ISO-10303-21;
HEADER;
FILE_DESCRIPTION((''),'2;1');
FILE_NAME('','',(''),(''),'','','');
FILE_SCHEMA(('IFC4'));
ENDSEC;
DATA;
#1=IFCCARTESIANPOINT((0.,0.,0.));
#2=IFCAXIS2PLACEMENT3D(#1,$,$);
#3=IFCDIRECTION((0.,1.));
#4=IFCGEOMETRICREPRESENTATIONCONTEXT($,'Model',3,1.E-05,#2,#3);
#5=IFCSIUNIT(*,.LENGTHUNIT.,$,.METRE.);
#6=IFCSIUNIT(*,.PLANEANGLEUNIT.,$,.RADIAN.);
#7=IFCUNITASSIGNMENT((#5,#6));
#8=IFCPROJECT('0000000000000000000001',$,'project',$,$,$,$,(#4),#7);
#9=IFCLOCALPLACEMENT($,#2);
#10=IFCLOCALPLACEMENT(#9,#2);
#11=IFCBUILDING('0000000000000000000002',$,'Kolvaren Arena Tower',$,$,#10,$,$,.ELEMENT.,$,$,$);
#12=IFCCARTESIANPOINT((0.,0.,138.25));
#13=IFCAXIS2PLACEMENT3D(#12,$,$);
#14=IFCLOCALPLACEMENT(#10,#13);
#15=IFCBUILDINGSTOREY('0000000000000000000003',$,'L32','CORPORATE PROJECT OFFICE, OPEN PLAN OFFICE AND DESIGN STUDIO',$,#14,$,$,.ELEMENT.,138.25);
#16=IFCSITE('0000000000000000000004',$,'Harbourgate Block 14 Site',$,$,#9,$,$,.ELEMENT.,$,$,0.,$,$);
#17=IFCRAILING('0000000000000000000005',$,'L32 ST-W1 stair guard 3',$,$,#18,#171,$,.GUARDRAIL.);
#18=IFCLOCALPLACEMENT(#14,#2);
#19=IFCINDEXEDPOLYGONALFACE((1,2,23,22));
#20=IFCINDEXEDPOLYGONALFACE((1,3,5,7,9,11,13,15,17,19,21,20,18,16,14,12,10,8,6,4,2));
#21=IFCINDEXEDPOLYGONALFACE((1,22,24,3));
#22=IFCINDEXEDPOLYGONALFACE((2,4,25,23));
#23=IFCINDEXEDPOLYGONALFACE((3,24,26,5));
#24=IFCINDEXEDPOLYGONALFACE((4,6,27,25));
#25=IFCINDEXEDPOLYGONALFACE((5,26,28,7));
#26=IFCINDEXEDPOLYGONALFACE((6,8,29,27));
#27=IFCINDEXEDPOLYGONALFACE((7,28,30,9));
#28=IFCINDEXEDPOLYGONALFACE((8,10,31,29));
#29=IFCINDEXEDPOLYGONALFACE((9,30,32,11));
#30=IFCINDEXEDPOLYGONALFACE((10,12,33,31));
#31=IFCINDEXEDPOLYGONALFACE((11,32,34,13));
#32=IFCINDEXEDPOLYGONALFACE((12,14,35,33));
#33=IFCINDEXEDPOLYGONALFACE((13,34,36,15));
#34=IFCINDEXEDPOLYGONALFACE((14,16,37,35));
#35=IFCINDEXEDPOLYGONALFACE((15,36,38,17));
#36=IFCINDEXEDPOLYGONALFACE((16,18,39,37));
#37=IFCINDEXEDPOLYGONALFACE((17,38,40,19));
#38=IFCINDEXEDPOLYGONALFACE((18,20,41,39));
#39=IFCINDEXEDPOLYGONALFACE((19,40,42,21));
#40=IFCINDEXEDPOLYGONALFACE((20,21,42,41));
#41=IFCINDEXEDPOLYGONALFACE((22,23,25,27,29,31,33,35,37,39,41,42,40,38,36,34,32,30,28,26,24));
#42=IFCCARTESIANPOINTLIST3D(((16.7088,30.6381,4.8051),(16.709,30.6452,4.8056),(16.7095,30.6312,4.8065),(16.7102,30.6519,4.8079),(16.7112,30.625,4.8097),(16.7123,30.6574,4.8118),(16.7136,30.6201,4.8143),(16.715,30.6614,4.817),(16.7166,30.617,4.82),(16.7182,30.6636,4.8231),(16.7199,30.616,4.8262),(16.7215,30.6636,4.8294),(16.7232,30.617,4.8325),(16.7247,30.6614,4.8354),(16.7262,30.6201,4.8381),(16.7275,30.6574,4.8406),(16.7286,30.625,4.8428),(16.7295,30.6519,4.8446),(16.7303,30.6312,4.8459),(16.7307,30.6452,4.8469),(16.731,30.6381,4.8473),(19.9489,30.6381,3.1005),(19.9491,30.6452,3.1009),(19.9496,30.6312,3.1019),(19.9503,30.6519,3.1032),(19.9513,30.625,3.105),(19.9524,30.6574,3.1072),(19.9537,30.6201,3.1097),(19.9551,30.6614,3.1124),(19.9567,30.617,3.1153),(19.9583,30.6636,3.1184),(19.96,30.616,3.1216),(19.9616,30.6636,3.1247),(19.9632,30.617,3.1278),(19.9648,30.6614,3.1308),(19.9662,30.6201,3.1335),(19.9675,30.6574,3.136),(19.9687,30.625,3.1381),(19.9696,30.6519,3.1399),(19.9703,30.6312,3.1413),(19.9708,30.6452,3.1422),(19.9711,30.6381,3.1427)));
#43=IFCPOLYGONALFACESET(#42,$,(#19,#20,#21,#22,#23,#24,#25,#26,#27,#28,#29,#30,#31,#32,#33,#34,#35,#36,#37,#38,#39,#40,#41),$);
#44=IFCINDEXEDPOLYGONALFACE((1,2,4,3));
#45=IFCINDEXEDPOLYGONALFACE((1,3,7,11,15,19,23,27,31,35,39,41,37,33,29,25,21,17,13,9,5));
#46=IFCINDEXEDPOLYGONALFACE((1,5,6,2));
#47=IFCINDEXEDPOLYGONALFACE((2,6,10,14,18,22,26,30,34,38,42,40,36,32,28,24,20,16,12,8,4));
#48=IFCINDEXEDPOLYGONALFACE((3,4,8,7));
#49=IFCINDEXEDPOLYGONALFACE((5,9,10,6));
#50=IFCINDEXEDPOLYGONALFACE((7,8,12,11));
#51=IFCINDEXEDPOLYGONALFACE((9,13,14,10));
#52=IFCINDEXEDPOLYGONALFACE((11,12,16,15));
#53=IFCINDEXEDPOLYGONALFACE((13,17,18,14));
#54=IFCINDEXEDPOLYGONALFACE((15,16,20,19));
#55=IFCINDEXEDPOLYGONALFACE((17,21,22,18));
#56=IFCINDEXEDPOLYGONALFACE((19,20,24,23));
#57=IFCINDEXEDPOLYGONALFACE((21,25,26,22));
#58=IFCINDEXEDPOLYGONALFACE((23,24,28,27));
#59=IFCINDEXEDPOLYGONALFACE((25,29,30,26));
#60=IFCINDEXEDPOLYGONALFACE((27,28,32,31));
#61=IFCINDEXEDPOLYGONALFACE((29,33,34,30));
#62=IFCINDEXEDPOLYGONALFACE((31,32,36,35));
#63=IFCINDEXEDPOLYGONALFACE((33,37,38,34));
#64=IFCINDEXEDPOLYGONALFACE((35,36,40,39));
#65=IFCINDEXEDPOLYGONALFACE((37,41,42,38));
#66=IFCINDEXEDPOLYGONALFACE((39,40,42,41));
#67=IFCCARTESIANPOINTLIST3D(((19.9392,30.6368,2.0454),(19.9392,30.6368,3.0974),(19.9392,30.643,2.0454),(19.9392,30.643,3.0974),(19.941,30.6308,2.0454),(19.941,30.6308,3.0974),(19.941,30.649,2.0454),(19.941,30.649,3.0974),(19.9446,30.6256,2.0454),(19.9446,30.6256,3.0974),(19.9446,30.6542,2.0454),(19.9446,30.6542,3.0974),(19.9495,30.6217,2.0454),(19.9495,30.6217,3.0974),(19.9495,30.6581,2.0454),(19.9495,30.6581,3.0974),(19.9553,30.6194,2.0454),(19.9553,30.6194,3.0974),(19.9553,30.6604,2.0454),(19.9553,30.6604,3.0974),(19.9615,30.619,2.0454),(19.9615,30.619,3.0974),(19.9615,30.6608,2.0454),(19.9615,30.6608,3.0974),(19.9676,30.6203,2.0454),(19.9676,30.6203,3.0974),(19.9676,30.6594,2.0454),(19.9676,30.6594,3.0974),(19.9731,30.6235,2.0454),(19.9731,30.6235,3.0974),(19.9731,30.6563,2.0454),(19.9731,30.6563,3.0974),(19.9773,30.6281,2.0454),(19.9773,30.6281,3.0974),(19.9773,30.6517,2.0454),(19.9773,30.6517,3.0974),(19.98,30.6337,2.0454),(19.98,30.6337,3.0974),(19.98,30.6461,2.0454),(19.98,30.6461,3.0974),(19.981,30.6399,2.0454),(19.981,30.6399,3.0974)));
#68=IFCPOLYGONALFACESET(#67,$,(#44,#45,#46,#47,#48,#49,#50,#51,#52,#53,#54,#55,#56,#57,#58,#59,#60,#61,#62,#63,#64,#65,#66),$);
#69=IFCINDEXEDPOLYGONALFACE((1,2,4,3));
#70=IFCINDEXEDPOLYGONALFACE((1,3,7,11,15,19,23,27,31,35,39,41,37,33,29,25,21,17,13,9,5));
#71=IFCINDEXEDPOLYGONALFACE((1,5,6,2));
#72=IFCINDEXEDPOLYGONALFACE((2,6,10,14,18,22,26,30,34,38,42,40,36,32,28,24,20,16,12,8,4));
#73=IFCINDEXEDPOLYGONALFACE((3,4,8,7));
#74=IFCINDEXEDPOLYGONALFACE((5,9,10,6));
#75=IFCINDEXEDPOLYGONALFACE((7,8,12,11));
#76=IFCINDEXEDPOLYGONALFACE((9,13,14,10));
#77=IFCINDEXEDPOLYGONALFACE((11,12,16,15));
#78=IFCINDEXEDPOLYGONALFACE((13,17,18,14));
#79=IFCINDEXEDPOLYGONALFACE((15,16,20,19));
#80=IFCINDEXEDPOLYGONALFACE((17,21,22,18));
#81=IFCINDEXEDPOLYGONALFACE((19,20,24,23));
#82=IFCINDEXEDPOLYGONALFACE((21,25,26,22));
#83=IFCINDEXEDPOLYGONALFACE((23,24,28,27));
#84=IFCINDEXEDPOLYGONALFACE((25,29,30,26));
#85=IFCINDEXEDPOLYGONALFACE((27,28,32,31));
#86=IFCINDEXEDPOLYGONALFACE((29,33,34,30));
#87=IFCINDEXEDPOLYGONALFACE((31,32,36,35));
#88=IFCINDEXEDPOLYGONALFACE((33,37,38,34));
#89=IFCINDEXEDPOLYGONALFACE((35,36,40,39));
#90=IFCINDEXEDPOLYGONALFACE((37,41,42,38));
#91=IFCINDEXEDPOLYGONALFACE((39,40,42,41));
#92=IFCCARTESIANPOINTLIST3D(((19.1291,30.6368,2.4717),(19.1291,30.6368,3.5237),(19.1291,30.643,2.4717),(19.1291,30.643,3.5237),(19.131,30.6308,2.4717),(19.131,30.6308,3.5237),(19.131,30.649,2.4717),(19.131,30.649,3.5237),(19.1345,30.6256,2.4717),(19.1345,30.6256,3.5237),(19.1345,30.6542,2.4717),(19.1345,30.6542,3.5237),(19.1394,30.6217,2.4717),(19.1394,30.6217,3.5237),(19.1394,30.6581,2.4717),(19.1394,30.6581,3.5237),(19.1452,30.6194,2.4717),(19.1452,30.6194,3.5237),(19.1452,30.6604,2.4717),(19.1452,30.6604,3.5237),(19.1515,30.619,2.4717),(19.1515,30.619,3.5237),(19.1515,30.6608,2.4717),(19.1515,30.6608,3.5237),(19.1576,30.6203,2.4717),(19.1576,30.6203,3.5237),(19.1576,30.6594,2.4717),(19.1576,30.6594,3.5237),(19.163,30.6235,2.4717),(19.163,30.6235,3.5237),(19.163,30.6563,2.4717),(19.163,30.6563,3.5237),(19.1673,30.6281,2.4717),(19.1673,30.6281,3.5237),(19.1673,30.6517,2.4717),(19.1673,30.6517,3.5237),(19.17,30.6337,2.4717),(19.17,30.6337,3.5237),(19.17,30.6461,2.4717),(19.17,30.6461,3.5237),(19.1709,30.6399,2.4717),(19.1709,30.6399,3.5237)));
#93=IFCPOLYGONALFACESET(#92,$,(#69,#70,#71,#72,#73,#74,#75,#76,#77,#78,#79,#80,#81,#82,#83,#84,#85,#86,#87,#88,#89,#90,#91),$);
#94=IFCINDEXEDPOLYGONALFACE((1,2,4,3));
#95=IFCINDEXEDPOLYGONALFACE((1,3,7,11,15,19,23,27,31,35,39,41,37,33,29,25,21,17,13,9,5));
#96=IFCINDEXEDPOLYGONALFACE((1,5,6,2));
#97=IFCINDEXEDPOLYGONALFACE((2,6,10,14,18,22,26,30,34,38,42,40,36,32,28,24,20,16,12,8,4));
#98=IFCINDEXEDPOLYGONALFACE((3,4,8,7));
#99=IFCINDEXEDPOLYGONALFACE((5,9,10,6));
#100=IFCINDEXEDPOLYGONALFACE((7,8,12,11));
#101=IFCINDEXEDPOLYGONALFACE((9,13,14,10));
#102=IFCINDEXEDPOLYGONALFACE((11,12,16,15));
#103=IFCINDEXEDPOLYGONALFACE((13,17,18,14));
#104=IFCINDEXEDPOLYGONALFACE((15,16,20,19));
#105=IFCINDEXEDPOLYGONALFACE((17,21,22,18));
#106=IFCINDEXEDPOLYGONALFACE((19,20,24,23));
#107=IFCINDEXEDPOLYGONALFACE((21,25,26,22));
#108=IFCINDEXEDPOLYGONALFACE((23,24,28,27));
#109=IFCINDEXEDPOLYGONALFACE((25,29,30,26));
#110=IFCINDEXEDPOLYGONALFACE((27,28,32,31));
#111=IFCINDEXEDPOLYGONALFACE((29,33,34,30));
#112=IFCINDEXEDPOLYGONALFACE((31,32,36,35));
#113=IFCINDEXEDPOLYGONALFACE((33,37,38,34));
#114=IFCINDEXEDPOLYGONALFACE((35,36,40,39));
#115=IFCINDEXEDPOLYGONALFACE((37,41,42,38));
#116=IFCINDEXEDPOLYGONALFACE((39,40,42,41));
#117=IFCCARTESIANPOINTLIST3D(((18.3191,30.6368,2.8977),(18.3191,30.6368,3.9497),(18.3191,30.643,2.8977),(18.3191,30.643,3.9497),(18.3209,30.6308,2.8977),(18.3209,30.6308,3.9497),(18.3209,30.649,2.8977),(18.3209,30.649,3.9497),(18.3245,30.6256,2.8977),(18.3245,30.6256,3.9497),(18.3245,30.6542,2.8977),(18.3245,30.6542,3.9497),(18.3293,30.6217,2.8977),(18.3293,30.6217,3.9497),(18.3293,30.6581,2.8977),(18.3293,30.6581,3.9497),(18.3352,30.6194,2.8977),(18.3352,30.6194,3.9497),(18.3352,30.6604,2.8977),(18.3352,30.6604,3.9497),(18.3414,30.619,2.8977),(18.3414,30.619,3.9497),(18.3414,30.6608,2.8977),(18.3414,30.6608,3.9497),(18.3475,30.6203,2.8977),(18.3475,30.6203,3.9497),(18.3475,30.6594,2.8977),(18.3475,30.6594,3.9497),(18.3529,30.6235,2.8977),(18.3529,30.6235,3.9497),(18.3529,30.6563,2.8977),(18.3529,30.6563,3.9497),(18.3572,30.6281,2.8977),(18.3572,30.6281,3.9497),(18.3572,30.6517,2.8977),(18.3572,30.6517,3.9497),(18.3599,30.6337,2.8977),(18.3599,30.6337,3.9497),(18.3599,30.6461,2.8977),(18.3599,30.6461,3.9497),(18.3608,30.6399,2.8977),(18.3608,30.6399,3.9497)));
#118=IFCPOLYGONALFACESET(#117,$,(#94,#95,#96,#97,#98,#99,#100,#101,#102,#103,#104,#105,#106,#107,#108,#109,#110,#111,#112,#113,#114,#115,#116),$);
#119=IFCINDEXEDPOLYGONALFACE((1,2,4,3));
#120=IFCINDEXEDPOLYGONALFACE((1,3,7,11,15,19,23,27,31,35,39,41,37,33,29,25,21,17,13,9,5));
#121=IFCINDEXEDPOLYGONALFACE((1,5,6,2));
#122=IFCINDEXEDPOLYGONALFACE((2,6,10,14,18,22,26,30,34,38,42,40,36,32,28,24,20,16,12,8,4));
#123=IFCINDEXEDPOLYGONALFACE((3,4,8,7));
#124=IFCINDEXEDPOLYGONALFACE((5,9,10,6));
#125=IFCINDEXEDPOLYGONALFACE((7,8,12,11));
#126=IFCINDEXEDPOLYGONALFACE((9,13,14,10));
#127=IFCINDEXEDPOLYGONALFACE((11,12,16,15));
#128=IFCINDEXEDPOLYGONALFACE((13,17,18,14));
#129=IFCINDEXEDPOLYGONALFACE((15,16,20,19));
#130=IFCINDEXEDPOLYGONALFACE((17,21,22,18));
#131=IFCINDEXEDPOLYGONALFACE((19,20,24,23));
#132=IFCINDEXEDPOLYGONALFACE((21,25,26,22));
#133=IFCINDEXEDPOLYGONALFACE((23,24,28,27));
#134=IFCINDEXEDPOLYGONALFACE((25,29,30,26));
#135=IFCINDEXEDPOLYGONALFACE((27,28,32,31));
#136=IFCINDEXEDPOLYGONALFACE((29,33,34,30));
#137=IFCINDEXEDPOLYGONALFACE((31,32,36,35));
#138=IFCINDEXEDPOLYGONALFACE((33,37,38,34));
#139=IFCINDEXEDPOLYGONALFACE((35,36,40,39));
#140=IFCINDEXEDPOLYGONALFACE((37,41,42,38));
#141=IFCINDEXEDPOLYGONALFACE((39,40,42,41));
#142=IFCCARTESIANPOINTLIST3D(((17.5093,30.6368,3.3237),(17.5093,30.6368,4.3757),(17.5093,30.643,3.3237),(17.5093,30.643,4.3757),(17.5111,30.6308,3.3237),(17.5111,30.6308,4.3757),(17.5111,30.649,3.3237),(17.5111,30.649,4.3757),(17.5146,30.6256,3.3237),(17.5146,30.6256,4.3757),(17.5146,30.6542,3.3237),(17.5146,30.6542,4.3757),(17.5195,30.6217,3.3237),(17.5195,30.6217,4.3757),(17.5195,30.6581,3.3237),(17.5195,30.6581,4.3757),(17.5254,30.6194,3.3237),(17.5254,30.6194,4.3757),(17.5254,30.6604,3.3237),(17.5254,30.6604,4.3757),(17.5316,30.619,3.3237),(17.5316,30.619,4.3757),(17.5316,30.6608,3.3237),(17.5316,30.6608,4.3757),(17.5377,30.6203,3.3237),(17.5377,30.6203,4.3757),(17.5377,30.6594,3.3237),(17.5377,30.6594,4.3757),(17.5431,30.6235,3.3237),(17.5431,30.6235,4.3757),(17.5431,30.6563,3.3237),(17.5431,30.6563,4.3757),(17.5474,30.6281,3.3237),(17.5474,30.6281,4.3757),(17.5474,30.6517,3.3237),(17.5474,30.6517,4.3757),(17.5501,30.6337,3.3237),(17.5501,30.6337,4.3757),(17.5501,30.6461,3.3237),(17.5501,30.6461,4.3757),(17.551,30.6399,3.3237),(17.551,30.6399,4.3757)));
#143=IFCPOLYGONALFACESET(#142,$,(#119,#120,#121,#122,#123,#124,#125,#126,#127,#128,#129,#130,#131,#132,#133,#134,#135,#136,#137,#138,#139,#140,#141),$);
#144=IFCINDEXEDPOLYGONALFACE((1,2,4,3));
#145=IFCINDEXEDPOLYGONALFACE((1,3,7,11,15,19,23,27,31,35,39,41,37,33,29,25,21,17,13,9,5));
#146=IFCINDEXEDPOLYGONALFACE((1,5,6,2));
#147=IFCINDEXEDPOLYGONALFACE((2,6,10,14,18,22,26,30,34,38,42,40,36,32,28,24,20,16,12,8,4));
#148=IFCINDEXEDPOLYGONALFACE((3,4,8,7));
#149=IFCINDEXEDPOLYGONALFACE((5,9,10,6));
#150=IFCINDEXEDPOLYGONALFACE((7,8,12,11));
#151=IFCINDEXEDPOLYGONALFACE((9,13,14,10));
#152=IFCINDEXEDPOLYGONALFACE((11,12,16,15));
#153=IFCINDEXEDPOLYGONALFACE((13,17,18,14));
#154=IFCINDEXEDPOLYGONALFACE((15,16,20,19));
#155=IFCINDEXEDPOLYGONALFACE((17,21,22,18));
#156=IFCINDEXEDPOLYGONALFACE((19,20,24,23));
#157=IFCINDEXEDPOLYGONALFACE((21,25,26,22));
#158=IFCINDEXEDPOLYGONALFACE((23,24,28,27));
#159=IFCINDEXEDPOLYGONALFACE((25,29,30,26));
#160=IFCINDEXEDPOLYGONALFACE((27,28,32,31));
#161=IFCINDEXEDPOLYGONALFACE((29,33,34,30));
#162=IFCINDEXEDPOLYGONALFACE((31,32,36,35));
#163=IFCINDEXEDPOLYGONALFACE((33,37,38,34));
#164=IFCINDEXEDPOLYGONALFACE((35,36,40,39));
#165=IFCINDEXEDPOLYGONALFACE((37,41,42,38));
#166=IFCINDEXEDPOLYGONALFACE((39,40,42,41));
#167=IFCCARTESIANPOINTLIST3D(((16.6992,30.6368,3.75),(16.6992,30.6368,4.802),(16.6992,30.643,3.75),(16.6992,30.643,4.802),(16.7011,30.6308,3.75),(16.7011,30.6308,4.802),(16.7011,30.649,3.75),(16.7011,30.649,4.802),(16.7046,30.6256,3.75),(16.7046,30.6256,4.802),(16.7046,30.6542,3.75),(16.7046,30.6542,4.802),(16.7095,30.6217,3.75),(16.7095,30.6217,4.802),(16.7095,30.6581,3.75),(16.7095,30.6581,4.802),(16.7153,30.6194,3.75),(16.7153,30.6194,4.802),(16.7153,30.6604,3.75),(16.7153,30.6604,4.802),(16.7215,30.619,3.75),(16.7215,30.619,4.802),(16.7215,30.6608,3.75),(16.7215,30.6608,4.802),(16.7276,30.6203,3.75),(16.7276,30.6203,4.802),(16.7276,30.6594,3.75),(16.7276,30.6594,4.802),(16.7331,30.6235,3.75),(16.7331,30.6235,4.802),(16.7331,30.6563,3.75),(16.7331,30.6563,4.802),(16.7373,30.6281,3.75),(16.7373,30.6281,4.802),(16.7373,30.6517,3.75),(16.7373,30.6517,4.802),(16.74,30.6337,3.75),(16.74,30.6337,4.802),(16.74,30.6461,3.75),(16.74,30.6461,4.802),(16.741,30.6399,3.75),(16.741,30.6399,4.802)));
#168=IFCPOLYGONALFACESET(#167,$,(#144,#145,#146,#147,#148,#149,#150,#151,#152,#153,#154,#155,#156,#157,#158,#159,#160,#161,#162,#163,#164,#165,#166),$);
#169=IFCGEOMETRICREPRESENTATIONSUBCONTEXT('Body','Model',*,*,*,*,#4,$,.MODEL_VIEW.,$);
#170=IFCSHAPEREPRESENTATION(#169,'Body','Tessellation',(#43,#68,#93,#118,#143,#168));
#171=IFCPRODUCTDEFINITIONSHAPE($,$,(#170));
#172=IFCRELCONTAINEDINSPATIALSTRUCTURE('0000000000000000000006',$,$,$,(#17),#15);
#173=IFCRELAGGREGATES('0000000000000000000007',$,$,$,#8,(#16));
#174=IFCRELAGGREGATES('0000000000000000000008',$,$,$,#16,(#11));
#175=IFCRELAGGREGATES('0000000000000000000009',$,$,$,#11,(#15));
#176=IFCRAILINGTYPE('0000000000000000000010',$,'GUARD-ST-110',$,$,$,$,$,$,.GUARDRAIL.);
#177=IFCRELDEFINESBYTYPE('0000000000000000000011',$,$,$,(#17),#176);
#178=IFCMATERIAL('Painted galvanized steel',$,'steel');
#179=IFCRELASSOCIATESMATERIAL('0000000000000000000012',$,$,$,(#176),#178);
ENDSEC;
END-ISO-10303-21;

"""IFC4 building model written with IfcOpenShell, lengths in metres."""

from ifc_helpers import new_model, si_unit, direction, frame, origin, origin_2d, place, context, subcontext, project, spatial, circle, extrude, material, type_object, element, save


model = new_model("IFC4")

# Units and contexts
model_context = context("Model", 3, precision=1e-05, world=origin(), true_north=direction((0.0, 1.0)))
body_context = subcontext(model_context, "Body", "Model", "MODEL_VIEW")
ifc_project = project(units=[si_unit("LENGTHUNIT", "METRE"), si_unit("PLANEANGLEUNIT", "RADIAN")], contexts=[model_context])

# Site, building, storey
site_placement = place(None, origin())
site = spatial("IfcSite", under=ifc_project, at=site_placement, Name="Harbourgate Block 14 Site", CompositionType="ELEMENT", RefElevation=0.0)
building_placement = place(site_placement, origin())
building = spatial("IfcBuilding", under=site, at=building_placement, Name="Kolvaren Arena Tower", CompositionType="ELEMENT")
storey_placement = place(building_placement, frame((0.0, 0.0, 138.25)))
storey = spatial("IfcBuildingStorey", under=building, at=storey_placement, Name="L32", Description="CORPORATE PROJECT OFFICE, OPEN PLAN OFFICE AND DESIGN STUDIO", CompositionType="ELEMENT", Elevation=138.25)

# Railing
ifc_material_1 = material(Name="Painted galvanized steel", Category="steel")
railing_type_1 = type_object("IfcRailingType", Name="GUARD-ST-110", PredefinedType="GUARDRAIL", material=ifc_material_1)
railing_1_placement = place(storey_placement, frame((19.96, 30.6399, 2.0454)))
element("IfcRailing", 1, at=railing_1_placement, inside=storey, type_object=railing_type_1, Name="L32 ST-W1 stair guard 3", PredefinedType="GUARDRAIL", context=body_context, shape_type="SweptSolid", body=[
    extrude(circle(Radius=0.0239, at=origin_2d()), frame((0.0, 0.0, 1.0762), z_axis=(-0.884993, 0.0, 0.465604), x_axis=(0.0, -1.0, 0.0)), (0.0, 0.0, 1.0), 3.6611),
    extrude(circle(Radius=0.021, at=origin_2d()), origin(), (0.0, 0.0, 1.0), 1.052),
    extrude(circle(Radius=0.021, at=origin_2d()), frame((-0.8101, 0.0, 0.4263)), (0.0, 0.0, 1.0), 1.052),
    extrude(circle(Radius=0.021, at=origin_2d()), frame((-1.6201, 0.0, 0.8523)), (0.0, 0.0, 1.0), 1.052),
    extrude(circle(Radius=0.021, at=origin_2d()), frame((-2.4299, 0.0, 1.2783)), (0.0, 0.0, 1.0), 1.052),
    extrude(circle(Radius=0.021, at=origin_2d()), frame((-3.24, 0.0, 1.7046)), (0.0, 0.0, 1.0), 1.052),
])

save(model, "model.ifc")
